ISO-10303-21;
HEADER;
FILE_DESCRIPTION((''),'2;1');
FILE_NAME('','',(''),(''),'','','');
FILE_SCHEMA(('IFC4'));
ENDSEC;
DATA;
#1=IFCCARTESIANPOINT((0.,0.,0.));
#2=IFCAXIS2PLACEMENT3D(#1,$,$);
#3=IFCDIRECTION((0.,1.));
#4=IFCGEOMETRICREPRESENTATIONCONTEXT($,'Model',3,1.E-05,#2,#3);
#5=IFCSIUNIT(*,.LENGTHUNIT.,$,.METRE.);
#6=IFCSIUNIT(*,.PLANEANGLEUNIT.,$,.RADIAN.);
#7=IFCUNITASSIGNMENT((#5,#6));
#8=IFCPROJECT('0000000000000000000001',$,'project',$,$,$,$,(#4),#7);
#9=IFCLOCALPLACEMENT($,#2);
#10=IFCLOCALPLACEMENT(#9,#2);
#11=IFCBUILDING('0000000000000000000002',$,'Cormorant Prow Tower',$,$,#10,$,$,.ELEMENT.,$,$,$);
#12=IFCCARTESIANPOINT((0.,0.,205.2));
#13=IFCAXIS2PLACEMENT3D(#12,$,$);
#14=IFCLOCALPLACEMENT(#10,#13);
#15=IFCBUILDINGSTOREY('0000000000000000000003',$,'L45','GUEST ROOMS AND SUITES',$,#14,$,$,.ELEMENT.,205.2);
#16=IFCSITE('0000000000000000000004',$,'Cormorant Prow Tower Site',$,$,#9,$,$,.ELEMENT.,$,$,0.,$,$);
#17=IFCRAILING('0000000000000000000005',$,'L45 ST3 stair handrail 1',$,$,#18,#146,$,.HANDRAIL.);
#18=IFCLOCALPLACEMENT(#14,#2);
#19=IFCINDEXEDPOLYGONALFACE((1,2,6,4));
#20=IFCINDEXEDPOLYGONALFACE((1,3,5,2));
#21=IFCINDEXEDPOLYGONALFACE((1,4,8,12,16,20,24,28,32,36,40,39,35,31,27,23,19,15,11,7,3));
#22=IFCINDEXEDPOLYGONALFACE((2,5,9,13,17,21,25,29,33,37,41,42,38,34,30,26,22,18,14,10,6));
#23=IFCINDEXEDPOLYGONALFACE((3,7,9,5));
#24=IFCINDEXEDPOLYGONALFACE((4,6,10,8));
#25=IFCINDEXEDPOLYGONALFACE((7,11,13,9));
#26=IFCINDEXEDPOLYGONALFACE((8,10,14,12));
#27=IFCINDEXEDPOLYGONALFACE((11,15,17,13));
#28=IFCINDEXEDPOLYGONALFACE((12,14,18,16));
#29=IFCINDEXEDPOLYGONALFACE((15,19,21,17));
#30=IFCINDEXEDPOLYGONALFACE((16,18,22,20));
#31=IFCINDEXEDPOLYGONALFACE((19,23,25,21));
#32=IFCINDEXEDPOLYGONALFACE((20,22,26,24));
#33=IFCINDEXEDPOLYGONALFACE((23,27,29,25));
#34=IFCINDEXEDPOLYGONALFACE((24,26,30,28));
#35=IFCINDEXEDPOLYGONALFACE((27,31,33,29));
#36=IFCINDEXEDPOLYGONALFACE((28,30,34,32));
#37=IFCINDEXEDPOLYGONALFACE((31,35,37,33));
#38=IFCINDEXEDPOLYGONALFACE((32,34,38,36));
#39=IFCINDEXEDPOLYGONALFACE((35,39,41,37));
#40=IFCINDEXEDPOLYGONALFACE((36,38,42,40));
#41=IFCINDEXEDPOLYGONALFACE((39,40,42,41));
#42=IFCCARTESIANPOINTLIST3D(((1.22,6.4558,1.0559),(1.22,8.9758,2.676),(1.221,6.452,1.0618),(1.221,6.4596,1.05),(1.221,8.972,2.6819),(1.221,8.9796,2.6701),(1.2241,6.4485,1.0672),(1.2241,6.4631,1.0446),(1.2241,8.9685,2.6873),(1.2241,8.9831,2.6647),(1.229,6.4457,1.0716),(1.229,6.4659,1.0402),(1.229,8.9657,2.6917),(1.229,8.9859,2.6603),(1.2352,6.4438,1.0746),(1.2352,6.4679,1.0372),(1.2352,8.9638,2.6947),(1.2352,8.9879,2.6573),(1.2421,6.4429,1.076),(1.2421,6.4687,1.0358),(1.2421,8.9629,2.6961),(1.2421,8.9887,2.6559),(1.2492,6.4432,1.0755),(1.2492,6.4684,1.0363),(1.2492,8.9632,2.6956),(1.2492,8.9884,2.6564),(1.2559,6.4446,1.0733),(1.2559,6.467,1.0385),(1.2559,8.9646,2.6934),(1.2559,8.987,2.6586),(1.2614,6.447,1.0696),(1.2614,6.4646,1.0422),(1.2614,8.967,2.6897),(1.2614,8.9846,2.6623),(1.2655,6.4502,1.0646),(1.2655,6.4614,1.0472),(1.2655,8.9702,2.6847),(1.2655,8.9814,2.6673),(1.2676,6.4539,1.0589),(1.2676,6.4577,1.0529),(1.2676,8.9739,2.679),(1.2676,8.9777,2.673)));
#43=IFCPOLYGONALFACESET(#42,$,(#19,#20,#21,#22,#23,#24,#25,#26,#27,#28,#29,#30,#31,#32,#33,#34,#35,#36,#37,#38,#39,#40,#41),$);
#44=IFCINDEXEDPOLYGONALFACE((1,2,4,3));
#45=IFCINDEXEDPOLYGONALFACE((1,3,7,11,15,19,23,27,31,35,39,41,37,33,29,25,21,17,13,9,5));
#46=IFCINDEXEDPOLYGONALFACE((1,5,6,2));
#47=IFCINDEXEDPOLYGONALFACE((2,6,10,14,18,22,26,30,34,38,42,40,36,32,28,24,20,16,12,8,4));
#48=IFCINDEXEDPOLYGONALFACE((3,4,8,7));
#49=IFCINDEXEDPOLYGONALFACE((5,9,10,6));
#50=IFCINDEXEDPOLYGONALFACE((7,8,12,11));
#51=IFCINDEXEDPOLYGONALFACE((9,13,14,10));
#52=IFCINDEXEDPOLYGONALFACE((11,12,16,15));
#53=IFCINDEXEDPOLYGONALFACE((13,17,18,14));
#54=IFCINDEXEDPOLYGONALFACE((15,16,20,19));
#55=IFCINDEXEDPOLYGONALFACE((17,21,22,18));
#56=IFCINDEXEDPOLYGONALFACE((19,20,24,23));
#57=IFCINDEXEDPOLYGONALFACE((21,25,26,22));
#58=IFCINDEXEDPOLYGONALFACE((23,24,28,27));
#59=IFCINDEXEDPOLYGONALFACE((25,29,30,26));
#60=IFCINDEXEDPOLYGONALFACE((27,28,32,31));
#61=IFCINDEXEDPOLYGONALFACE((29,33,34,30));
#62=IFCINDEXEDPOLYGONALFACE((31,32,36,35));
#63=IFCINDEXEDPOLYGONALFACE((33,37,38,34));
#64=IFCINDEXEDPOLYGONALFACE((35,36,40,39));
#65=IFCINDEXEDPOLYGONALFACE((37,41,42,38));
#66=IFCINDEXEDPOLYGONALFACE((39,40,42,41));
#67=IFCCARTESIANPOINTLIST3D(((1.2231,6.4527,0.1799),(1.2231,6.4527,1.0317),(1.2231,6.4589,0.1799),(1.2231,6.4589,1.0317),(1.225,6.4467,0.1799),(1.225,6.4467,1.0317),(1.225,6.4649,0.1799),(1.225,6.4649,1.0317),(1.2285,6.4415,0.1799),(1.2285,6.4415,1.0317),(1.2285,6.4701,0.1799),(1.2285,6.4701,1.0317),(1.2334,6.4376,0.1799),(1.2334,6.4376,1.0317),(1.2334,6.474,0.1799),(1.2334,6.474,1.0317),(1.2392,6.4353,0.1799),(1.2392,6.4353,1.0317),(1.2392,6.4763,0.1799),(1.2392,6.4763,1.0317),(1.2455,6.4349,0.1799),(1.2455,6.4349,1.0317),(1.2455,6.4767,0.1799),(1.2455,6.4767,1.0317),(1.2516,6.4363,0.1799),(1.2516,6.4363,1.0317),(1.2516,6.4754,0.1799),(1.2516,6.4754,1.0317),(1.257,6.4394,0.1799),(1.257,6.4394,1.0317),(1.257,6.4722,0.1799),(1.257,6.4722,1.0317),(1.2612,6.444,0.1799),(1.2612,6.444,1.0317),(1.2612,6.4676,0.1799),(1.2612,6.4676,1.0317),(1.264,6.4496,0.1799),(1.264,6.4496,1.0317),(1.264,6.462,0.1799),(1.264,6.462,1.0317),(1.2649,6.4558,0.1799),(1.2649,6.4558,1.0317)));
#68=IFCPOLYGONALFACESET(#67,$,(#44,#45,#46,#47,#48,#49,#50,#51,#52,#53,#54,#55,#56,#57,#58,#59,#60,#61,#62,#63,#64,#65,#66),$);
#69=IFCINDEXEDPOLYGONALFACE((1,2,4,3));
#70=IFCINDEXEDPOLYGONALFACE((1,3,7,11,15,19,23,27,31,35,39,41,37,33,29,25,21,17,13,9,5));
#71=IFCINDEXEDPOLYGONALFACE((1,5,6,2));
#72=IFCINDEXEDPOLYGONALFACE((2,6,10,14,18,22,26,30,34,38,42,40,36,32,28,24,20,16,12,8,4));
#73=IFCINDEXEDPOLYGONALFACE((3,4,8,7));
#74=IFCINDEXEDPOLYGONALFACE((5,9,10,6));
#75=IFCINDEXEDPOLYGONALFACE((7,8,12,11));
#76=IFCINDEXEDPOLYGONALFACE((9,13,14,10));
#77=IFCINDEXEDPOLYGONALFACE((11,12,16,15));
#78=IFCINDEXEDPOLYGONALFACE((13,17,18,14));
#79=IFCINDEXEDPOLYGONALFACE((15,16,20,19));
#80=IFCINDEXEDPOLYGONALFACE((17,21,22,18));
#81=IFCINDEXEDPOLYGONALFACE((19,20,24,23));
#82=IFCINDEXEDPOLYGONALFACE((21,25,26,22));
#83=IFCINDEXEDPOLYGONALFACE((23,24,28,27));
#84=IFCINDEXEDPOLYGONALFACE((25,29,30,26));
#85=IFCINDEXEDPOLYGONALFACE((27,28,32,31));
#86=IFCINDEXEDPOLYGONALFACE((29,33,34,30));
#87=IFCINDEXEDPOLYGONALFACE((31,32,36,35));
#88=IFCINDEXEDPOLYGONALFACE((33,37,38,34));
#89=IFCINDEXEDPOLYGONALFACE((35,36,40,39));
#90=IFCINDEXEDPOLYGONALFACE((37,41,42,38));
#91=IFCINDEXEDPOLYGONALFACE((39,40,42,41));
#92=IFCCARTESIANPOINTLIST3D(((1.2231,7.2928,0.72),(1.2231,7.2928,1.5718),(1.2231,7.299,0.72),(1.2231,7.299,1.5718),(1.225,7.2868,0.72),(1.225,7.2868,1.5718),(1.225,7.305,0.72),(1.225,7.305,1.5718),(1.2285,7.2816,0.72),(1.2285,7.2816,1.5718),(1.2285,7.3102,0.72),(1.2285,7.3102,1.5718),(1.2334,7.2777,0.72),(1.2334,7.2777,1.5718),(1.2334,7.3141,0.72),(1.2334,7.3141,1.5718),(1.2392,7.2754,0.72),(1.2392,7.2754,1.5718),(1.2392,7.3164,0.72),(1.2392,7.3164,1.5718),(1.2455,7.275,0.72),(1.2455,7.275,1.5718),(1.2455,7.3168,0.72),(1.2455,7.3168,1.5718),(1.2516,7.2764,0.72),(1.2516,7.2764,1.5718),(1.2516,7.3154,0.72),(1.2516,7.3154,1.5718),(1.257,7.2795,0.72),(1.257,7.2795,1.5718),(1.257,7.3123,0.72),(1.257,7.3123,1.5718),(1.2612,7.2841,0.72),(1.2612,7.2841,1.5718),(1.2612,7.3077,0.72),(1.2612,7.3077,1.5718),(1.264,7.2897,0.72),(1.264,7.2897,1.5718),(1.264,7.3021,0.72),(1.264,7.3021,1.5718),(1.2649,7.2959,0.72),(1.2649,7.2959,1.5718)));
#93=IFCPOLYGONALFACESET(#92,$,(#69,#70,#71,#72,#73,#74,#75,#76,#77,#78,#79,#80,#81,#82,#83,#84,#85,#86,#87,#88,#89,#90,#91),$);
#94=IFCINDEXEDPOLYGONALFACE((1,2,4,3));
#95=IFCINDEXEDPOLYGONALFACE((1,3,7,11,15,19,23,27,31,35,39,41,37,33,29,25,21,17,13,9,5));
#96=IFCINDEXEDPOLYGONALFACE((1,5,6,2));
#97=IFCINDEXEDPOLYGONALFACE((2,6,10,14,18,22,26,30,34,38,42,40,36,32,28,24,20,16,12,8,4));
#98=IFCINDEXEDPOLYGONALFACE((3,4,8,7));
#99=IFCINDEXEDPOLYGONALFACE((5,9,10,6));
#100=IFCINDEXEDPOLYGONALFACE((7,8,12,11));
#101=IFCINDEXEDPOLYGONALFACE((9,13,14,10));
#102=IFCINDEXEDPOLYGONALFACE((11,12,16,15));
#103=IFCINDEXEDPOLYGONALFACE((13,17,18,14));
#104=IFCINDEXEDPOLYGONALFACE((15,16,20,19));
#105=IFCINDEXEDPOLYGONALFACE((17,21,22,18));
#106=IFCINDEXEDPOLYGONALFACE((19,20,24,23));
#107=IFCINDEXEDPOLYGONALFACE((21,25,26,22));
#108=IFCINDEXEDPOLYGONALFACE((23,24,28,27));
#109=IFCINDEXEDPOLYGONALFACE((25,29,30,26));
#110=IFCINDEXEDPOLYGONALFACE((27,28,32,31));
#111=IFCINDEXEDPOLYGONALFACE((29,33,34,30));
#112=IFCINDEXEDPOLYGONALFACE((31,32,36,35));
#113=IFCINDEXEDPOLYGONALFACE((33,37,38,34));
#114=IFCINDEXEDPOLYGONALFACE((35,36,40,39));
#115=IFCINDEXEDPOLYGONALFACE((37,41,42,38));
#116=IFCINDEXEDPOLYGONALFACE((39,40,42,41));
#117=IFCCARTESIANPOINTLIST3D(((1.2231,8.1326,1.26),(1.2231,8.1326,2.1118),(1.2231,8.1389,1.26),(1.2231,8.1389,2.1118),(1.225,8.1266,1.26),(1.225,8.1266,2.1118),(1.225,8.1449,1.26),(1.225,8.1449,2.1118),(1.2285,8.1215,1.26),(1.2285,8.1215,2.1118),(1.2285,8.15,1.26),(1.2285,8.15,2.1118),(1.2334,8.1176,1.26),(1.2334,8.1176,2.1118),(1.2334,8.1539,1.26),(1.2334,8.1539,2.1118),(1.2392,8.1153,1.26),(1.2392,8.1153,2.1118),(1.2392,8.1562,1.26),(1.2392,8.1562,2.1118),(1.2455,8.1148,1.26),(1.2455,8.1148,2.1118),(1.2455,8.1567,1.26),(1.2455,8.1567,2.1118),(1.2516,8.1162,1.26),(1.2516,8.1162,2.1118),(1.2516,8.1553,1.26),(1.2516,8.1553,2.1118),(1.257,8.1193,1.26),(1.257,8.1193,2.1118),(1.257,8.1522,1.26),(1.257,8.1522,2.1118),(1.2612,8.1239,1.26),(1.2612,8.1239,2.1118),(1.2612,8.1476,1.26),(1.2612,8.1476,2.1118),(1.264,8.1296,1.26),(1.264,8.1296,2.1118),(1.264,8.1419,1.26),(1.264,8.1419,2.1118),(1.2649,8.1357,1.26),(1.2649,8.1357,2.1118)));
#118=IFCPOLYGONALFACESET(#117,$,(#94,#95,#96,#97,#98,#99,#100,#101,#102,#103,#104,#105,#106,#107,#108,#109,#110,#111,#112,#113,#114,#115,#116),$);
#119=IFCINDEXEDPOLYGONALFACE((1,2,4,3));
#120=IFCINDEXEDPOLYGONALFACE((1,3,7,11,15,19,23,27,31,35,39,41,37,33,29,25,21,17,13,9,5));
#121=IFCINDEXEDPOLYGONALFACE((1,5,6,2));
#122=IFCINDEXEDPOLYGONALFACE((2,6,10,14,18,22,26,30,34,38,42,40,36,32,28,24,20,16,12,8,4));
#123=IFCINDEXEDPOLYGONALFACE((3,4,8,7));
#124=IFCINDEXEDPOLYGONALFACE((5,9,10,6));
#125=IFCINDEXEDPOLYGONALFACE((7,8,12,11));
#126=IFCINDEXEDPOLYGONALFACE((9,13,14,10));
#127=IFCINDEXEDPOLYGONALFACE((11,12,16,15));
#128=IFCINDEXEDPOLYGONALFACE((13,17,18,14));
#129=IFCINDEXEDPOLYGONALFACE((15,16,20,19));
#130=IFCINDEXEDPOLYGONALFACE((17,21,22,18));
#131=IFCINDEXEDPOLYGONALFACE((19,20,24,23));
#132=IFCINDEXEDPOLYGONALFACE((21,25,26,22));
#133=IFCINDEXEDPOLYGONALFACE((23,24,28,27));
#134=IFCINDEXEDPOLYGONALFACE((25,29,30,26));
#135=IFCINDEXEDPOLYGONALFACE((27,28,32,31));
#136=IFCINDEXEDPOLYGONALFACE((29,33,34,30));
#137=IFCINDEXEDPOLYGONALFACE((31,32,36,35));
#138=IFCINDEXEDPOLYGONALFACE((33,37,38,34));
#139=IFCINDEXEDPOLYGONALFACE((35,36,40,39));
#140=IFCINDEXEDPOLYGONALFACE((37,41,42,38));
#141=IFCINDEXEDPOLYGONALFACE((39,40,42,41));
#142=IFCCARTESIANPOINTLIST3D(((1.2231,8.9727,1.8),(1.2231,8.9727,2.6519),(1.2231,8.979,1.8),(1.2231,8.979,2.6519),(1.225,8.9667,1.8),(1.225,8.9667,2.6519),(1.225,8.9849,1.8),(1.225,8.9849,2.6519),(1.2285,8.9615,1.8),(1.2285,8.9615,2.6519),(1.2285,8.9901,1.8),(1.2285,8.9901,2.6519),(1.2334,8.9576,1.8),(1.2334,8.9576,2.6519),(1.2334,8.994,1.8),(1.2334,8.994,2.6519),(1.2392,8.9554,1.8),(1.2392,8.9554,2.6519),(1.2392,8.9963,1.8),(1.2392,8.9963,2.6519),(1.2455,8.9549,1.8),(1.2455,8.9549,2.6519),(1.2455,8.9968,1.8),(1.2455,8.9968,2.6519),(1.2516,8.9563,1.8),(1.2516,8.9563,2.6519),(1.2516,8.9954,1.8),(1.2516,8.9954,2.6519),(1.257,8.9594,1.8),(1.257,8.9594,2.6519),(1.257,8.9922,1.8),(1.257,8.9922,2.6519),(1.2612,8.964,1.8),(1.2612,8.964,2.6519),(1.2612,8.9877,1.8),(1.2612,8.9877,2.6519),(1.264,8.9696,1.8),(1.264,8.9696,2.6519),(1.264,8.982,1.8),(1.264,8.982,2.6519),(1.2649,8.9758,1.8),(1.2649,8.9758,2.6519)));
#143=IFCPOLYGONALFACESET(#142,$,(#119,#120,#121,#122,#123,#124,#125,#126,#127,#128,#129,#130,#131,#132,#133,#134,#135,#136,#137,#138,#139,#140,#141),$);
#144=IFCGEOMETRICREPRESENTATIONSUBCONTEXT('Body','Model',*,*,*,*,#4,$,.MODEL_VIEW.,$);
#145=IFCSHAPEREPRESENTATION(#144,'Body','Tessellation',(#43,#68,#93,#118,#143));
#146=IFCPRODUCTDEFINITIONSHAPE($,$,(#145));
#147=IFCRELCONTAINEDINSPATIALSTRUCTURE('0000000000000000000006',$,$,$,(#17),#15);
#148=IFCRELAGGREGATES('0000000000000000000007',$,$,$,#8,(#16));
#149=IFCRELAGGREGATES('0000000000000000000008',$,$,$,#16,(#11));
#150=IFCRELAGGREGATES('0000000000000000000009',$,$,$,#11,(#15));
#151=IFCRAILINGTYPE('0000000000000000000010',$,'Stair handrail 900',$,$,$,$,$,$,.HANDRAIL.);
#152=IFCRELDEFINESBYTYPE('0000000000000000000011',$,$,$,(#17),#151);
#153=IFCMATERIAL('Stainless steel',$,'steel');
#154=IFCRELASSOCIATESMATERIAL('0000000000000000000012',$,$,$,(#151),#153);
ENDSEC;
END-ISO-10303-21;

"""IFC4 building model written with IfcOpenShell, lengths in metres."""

from ifc_helpers import new_model, si_unit, direction, frame, origin, origin_2d, place, context, subcontext, project, spatial, circle, extrude, material, type_object, element, save


model = new_model("IFC4")

# Units and contexts
model_context = context("Model", 3, precision=1e-05, world=origin(), true_north=direction((0.0, 1.0)))
body_context = subcontext(model_context, "Body", "Model", "MODEL_VIEW")
ifc_project = project(units=[si_unit("LENGTHUNIT", "METRE"), si_unit("PLANEANGLEUNIT", "RADIAN")], contexts=[model_context])

# Site, building, storey
site_placement = place(None, origin())
site = spatial("IfcSite", under=ifc_project, at=site_placement, Name="Cormorant Prow Tower Site", CompositionType="ELEMENT", RefElevation=0.0)
building_placement = place(site_placement, origin())
building = spatial("IfcBuilding", under=site, at=building_placement, Name="Cormorant Prow Tower", CompositionType="ELEMENT")
storey_placement = place(building_placement, frame((0.0, 0.0, 205.2)))
storey = spatial("IfcBuildingStorey", under=building, at=storey_placement, Name="L45", Description="GUEST ROOMS AND SUITES", CompositionType="ELEMENT", Elevation=205.2)

# Railing
ifc_material_1 = material(Name="Stainless steel", Category="steel")
railing_type_1 = type_object("IfcRailingType", Name="Stair handrail 900", PredefinedType="HANDRAIL", material=ifc_material_1)
railing_1_placement = place(storey_placement, frame((1.2439, 6.4558, 0.1799)))
element("IfcRailing", 1, at=railing_1_placement, inside=storey, type_object=railing_type_1, Name="L45 ST3 stair handrail 1", PredefinedType="HANDRAIL", context=body_context, shape_type="SweptSolid", body=[
    extrude(circle(Radius=0.0239, at=origin_2d()), frame((0.0, 0.0, 0.876), z_axis=(0.0, 0.841163, 0.540782), x_axis=(-1.0, 0.0, 0.0)), (0.0, 0.0, 1.0), 2.9958),
    extrude(circle(Radius=0.021, at=origin_2d()), origin(), (0.0, 0.0, 1.0), 0.8518),
    extrude(circle(Radius=0.021, at=origin_2d()), frame((0.0, 0.8401, 0.54)), (0.0, 0.0, 1.0), 0.8518),
    extrude(circle(Radius=0.021, at=origin_2d()), frame((0.0, 1.6799, 1.0801)), (0.0, 0.0, 1.0), 0.8518),
    extrude(circle(Radius=0.021, at=origin_2d()), frame((0.0, 2.52, 1.6201)), (0.0, 0.0, 1.0), 0.8518),
])

save(model, "model.ifc")
